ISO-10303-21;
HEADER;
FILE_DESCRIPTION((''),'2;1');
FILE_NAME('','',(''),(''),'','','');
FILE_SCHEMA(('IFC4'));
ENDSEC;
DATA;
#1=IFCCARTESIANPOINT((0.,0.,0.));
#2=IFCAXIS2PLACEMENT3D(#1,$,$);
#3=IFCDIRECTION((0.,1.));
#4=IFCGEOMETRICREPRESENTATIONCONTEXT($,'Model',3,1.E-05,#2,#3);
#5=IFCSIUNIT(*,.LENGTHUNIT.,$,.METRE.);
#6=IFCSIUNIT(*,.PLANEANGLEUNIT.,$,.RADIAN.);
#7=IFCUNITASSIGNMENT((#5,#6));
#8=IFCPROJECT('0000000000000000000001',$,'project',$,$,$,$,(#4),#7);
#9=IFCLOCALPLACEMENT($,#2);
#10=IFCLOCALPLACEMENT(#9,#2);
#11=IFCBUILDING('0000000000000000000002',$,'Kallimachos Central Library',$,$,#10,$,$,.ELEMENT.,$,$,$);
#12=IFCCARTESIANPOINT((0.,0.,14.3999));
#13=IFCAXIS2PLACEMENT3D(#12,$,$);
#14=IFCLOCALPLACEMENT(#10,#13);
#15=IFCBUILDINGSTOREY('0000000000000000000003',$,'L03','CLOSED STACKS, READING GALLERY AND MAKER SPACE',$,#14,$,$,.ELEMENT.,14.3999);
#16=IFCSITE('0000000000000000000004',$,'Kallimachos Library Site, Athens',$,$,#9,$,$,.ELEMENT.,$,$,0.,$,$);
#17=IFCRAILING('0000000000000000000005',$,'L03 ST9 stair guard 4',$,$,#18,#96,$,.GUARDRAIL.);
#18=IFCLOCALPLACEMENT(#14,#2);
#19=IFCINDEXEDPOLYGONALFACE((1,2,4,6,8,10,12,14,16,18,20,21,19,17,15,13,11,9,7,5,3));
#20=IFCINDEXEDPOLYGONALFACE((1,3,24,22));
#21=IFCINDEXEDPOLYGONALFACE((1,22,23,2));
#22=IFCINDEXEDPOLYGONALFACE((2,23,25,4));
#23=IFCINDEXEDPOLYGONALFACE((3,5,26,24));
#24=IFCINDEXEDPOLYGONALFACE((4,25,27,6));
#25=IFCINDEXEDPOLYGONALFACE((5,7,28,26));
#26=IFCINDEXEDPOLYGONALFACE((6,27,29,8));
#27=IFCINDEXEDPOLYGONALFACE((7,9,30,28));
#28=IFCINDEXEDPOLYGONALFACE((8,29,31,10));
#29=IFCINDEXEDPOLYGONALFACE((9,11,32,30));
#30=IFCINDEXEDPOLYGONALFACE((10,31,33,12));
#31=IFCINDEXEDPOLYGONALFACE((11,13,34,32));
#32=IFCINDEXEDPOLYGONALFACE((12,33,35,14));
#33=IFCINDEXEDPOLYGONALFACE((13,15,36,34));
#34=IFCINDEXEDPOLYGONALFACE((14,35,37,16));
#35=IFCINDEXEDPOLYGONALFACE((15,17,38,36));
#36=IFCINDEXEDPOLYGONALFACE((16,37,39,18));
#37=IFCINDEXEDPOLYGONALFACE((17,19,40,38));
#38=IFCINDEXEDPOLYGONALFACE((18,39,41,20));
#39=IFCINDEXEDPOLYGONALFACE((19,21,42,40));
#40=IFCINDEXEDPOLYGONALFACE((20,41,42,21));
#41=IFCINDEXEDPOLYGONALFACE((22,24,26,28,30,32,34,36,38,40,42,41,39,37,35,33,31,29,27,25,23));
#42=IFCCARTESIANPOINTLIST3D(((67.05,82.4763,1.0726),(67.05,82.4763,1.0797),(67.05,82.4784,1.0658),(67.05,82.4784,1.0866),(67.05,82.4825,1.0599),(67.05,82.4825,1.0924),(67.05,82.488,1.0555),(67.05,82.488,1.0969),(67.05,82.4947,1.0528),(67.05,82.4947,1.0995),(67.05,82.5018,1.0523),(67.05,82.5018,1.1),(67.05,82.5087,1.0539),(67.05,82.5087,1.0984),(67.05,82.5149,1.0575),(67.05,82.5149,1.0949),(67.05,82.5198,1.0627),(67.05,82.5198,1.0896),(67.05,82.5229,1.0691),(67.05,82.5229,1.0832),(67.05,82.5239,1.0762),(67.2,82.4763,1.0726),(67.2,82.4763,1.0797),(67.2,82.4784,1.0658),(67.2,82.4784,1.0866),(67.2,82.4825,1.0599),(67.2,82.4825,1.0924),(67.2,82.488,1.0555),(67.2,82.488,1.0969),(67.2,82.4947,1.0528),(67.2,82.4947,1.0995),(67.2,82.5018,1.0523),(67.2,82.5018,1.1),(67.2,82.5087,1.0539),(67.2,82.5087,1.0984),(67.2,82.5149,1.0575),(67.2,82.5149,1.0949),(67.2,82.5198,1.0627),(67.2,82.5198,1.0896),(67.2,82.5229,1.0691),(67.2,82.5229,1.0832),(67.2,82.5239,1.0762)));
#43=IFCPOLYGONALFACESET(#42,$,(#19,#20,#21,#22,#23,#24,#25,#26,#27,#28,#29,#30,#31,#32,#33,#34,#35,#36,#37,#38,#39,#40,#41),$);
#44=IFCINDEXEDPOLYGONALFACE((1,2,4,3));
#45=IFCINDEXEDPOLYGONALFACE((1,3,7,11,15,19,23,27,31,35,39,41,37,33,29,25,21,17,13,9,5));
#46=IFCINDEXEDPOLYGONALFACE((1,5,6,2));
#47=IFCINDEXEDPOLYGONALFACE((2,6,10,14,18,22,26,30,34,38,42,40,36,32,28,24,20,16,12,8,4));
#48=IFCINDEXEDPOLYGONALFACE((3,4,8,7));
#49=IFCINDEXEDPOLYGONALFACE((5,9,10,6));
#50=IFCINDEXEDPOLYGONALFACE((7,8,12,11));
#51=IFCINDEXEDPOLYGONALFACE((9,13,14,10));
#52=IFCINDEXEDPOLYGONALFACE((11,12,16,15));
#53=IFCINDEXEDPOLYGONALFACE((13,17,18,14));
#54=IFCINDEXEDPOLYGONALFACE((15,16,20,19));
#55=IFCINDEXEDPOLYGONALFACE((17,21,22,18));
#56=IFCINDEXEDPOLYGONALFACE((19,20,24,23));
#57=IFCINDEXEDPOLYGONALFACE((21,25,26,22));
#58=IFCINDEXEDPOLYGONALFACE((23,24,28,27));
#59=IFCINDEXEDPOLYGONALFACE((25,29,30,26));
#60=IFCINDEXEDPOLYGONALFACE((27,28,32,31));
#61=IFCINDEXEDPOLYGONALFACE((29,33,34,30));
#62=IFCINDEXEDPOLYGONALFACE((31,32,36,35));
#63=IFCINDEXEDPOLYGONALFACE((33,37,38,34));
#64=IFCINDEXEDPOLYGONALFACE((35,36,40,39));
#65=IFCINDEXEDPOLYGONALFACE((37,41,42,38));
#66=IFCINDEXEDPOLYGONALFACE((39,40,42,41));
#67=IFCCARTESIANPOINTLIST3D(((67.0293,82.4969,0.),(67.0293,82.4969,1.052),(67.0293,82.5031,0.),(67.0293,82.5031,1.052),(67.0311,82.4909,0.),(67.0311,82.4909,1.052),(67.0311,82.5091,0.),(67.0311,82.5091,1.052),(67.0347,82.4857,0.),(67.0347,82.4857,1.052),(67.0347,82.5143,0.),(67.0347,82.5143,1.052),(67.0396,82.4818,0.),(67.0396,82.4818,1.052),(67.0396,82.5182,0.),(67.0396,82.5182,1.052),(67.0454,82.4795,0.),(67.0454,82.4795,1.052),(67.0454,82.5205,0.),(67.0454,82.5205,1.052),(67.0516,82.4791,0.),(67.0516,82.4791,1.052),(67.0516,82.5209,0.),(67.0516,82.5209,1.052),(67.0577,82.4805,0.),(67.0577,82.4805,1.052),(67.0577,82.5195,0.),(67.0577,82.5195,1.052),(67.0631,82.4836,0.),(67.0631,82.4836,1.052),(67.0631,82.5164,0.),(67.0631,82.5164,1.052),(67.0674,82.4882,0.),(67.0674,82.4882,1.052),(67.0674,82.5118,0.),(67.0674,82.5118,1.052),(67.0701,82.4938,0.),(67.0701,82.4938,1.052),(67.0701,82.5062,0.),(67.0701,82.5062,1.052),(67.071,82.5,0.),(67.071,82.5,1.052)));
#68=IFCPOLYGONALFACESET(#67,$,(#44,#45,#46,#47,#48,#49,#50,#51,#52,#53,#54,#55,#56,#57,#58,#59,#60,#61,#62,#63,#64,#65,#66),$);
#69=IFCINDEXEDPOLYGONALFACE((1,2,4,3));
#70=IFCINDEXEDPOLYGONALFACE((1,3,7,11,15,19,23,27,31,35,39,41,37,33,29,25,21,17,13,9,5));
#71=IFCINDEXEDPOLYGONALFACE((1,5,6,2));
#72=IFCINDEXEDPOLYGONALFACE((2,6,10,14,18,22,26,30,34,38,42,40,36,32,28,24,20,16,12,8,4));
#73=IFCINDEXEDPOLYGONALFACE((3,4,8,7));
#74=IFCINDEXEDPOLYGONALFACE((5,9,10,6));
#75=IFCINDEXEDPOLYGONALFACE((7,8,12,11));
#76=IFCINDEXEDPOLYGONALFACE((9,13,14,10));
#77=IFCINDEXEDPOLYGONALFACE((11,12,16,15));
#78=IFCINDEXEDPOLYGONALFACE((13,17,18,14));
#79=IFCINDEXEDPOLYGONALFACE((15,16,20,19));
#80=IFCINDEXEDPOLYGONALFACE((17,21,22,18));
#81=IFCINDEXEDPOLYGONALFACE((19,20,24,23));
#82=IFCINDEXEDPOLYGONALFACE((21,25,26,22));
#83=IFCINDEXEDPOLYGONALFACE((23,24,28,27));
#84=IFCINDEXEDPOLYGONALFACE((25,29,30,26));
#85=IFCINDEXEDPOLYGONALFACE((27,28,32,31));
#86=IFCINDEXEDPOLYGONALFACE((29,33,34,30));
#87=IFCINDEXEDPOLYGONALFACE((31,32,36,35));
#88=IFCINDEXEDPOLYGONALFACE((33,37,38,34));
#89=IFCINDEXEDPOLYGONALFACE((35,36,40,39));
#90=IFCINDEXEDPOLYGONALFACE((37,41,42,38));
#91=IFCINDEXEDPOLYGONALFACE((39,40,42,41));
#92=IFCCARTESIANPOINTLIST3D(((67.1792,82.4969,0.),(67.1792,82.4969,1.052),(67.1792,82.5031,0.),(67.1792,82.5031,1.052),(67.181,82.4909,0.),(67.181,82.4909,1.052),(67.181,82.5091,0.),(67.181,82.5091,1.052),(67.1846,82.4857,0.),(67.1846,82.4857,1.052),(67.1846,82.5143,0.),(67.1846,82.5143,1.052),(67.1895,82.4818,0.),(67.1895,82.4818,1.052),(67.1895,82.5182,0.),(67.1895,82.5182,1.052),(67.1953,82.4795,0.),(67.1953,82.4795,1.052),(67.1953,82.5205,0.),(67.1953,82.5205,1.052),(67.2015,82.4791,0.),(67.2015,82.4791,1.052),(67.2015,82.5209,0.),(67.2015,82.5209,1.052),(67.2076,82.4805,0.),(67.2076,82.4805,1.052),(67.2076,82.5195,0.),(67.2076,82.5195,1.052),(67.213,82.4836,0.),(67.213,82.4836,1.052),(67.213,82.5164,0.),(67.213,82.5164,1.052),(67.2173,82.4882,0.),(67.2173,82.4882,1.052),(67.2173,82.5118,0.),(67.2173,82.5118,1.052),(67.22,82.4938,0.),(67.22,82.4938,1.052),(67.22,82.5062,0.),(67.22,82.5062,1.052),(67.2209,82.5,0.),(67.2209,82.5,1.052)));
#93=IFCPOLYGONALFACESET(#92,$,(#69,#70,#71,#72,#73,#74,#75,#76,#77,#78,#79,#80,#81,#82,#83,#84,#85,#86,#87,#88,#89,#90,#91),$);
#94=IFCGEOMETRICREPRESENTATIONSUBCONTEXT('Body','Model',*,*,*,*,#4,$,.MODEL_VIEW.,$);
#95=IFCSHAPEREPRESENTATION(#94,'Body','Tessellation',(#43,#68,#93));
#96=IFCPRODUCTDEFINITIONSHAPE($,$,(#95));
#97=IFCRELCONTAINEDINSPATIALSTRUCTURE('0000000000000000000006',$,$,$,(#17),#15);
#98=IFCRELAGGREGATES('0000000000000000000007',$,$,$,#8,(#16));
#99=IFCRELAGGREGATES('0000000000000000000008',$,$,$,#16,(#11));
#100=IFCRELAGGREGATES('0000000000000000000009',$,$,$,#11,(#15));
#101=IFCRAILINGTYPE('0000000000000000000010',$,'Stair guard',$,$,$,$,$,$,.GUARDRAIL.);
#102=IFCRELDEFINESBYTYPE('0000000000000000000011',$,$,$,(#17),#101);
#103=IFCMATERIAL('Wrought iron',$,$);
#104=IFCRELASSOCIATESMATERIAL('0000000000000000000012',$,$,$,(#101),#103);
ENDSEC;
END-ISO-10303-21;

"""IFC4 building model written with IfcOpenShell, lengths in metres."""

from ifc_helpers import new_model, si_unit, direction, frame, origin, origin_2d, place, context, subcontext, project, spatial, circle, extrude, material, type_object, element, save


model = new_model("IFC4")

# Units and contexts
model_context = context("Model", 3, precision=1e-05, world=origin(), true_north=direction((0.0, 1.0)))
body_context = subcontext(model_context, "Body", "Model", "MODEL_VIEW")
ifc_project = project(units=[si_unit("LENGTHUNIT", "METRE"), si_unit("PLANEANGLEUNIT", "RADIAN")], contexts=[model_context])

# Site, building, storey
site_placement = place(None, origin())
site = spatial("IfcSite", under=ifc_project, at=site_placement, Name="Kallimachos Library Site, Athens", CompositionType="ELEMENT", RefElevation=0.0)
building_placement = place(site_placement, origin())
building = spatial("IfcBuilding", under=site, at=building_placement, Name="Kallimachos Central Library", CompositionType="ELEMENT")
storey_placement = place(building_placement, frame((0.0, 0.0, 14.3999)))
storey = spatial("IfcBuildingStorey", under=building, at=storey_placement, Name="L03", Description="CLOSED STACKS, READING GALLERY AND MAKER SPACE", CompositionType="ELEMENT", Elevation=14.3999)

# Railing
ifc_material_1 = material(Name="Wrought iron")
railing_type_1 = type_object("IfcRailingType", Name="Stair guard", PredefinedType="GUARDRAIL", material=ifc_material_1)
railing_1_placement = place(storey_placement, frame((67.05, 82.5, 0.0)))
element("IfcRailing", 1, at=railing_1_placement, inside=storey, type_object=railing_type_1, Name="L03 ST9 stair guard 4", PredefinedType="GUARDRAIL", context=body_context, shape_type="SweptSolid", body=[
    extrude(circle(Radius=0.0239, at=origin_2d()), frame((0.0, 0.0, 1.0762), z_axis=(1.0, 0.0, 0.0), x_axis=(0.0, 1.0, 0.0)), (0.0, 0.0, 1.0), 0.1499),
    extrude(circle(Radius=0.021, at=origin_2d()), origin(), (0.0, 0.0, 1.0), 1.052),
    extrude(circle(Radius=0.021, at=origin_2d()), frame((0.1499, 0.0, 0.0)), (0.0, 0.0, 1.0), 1.052),
])

save(model, "model.ifc")
